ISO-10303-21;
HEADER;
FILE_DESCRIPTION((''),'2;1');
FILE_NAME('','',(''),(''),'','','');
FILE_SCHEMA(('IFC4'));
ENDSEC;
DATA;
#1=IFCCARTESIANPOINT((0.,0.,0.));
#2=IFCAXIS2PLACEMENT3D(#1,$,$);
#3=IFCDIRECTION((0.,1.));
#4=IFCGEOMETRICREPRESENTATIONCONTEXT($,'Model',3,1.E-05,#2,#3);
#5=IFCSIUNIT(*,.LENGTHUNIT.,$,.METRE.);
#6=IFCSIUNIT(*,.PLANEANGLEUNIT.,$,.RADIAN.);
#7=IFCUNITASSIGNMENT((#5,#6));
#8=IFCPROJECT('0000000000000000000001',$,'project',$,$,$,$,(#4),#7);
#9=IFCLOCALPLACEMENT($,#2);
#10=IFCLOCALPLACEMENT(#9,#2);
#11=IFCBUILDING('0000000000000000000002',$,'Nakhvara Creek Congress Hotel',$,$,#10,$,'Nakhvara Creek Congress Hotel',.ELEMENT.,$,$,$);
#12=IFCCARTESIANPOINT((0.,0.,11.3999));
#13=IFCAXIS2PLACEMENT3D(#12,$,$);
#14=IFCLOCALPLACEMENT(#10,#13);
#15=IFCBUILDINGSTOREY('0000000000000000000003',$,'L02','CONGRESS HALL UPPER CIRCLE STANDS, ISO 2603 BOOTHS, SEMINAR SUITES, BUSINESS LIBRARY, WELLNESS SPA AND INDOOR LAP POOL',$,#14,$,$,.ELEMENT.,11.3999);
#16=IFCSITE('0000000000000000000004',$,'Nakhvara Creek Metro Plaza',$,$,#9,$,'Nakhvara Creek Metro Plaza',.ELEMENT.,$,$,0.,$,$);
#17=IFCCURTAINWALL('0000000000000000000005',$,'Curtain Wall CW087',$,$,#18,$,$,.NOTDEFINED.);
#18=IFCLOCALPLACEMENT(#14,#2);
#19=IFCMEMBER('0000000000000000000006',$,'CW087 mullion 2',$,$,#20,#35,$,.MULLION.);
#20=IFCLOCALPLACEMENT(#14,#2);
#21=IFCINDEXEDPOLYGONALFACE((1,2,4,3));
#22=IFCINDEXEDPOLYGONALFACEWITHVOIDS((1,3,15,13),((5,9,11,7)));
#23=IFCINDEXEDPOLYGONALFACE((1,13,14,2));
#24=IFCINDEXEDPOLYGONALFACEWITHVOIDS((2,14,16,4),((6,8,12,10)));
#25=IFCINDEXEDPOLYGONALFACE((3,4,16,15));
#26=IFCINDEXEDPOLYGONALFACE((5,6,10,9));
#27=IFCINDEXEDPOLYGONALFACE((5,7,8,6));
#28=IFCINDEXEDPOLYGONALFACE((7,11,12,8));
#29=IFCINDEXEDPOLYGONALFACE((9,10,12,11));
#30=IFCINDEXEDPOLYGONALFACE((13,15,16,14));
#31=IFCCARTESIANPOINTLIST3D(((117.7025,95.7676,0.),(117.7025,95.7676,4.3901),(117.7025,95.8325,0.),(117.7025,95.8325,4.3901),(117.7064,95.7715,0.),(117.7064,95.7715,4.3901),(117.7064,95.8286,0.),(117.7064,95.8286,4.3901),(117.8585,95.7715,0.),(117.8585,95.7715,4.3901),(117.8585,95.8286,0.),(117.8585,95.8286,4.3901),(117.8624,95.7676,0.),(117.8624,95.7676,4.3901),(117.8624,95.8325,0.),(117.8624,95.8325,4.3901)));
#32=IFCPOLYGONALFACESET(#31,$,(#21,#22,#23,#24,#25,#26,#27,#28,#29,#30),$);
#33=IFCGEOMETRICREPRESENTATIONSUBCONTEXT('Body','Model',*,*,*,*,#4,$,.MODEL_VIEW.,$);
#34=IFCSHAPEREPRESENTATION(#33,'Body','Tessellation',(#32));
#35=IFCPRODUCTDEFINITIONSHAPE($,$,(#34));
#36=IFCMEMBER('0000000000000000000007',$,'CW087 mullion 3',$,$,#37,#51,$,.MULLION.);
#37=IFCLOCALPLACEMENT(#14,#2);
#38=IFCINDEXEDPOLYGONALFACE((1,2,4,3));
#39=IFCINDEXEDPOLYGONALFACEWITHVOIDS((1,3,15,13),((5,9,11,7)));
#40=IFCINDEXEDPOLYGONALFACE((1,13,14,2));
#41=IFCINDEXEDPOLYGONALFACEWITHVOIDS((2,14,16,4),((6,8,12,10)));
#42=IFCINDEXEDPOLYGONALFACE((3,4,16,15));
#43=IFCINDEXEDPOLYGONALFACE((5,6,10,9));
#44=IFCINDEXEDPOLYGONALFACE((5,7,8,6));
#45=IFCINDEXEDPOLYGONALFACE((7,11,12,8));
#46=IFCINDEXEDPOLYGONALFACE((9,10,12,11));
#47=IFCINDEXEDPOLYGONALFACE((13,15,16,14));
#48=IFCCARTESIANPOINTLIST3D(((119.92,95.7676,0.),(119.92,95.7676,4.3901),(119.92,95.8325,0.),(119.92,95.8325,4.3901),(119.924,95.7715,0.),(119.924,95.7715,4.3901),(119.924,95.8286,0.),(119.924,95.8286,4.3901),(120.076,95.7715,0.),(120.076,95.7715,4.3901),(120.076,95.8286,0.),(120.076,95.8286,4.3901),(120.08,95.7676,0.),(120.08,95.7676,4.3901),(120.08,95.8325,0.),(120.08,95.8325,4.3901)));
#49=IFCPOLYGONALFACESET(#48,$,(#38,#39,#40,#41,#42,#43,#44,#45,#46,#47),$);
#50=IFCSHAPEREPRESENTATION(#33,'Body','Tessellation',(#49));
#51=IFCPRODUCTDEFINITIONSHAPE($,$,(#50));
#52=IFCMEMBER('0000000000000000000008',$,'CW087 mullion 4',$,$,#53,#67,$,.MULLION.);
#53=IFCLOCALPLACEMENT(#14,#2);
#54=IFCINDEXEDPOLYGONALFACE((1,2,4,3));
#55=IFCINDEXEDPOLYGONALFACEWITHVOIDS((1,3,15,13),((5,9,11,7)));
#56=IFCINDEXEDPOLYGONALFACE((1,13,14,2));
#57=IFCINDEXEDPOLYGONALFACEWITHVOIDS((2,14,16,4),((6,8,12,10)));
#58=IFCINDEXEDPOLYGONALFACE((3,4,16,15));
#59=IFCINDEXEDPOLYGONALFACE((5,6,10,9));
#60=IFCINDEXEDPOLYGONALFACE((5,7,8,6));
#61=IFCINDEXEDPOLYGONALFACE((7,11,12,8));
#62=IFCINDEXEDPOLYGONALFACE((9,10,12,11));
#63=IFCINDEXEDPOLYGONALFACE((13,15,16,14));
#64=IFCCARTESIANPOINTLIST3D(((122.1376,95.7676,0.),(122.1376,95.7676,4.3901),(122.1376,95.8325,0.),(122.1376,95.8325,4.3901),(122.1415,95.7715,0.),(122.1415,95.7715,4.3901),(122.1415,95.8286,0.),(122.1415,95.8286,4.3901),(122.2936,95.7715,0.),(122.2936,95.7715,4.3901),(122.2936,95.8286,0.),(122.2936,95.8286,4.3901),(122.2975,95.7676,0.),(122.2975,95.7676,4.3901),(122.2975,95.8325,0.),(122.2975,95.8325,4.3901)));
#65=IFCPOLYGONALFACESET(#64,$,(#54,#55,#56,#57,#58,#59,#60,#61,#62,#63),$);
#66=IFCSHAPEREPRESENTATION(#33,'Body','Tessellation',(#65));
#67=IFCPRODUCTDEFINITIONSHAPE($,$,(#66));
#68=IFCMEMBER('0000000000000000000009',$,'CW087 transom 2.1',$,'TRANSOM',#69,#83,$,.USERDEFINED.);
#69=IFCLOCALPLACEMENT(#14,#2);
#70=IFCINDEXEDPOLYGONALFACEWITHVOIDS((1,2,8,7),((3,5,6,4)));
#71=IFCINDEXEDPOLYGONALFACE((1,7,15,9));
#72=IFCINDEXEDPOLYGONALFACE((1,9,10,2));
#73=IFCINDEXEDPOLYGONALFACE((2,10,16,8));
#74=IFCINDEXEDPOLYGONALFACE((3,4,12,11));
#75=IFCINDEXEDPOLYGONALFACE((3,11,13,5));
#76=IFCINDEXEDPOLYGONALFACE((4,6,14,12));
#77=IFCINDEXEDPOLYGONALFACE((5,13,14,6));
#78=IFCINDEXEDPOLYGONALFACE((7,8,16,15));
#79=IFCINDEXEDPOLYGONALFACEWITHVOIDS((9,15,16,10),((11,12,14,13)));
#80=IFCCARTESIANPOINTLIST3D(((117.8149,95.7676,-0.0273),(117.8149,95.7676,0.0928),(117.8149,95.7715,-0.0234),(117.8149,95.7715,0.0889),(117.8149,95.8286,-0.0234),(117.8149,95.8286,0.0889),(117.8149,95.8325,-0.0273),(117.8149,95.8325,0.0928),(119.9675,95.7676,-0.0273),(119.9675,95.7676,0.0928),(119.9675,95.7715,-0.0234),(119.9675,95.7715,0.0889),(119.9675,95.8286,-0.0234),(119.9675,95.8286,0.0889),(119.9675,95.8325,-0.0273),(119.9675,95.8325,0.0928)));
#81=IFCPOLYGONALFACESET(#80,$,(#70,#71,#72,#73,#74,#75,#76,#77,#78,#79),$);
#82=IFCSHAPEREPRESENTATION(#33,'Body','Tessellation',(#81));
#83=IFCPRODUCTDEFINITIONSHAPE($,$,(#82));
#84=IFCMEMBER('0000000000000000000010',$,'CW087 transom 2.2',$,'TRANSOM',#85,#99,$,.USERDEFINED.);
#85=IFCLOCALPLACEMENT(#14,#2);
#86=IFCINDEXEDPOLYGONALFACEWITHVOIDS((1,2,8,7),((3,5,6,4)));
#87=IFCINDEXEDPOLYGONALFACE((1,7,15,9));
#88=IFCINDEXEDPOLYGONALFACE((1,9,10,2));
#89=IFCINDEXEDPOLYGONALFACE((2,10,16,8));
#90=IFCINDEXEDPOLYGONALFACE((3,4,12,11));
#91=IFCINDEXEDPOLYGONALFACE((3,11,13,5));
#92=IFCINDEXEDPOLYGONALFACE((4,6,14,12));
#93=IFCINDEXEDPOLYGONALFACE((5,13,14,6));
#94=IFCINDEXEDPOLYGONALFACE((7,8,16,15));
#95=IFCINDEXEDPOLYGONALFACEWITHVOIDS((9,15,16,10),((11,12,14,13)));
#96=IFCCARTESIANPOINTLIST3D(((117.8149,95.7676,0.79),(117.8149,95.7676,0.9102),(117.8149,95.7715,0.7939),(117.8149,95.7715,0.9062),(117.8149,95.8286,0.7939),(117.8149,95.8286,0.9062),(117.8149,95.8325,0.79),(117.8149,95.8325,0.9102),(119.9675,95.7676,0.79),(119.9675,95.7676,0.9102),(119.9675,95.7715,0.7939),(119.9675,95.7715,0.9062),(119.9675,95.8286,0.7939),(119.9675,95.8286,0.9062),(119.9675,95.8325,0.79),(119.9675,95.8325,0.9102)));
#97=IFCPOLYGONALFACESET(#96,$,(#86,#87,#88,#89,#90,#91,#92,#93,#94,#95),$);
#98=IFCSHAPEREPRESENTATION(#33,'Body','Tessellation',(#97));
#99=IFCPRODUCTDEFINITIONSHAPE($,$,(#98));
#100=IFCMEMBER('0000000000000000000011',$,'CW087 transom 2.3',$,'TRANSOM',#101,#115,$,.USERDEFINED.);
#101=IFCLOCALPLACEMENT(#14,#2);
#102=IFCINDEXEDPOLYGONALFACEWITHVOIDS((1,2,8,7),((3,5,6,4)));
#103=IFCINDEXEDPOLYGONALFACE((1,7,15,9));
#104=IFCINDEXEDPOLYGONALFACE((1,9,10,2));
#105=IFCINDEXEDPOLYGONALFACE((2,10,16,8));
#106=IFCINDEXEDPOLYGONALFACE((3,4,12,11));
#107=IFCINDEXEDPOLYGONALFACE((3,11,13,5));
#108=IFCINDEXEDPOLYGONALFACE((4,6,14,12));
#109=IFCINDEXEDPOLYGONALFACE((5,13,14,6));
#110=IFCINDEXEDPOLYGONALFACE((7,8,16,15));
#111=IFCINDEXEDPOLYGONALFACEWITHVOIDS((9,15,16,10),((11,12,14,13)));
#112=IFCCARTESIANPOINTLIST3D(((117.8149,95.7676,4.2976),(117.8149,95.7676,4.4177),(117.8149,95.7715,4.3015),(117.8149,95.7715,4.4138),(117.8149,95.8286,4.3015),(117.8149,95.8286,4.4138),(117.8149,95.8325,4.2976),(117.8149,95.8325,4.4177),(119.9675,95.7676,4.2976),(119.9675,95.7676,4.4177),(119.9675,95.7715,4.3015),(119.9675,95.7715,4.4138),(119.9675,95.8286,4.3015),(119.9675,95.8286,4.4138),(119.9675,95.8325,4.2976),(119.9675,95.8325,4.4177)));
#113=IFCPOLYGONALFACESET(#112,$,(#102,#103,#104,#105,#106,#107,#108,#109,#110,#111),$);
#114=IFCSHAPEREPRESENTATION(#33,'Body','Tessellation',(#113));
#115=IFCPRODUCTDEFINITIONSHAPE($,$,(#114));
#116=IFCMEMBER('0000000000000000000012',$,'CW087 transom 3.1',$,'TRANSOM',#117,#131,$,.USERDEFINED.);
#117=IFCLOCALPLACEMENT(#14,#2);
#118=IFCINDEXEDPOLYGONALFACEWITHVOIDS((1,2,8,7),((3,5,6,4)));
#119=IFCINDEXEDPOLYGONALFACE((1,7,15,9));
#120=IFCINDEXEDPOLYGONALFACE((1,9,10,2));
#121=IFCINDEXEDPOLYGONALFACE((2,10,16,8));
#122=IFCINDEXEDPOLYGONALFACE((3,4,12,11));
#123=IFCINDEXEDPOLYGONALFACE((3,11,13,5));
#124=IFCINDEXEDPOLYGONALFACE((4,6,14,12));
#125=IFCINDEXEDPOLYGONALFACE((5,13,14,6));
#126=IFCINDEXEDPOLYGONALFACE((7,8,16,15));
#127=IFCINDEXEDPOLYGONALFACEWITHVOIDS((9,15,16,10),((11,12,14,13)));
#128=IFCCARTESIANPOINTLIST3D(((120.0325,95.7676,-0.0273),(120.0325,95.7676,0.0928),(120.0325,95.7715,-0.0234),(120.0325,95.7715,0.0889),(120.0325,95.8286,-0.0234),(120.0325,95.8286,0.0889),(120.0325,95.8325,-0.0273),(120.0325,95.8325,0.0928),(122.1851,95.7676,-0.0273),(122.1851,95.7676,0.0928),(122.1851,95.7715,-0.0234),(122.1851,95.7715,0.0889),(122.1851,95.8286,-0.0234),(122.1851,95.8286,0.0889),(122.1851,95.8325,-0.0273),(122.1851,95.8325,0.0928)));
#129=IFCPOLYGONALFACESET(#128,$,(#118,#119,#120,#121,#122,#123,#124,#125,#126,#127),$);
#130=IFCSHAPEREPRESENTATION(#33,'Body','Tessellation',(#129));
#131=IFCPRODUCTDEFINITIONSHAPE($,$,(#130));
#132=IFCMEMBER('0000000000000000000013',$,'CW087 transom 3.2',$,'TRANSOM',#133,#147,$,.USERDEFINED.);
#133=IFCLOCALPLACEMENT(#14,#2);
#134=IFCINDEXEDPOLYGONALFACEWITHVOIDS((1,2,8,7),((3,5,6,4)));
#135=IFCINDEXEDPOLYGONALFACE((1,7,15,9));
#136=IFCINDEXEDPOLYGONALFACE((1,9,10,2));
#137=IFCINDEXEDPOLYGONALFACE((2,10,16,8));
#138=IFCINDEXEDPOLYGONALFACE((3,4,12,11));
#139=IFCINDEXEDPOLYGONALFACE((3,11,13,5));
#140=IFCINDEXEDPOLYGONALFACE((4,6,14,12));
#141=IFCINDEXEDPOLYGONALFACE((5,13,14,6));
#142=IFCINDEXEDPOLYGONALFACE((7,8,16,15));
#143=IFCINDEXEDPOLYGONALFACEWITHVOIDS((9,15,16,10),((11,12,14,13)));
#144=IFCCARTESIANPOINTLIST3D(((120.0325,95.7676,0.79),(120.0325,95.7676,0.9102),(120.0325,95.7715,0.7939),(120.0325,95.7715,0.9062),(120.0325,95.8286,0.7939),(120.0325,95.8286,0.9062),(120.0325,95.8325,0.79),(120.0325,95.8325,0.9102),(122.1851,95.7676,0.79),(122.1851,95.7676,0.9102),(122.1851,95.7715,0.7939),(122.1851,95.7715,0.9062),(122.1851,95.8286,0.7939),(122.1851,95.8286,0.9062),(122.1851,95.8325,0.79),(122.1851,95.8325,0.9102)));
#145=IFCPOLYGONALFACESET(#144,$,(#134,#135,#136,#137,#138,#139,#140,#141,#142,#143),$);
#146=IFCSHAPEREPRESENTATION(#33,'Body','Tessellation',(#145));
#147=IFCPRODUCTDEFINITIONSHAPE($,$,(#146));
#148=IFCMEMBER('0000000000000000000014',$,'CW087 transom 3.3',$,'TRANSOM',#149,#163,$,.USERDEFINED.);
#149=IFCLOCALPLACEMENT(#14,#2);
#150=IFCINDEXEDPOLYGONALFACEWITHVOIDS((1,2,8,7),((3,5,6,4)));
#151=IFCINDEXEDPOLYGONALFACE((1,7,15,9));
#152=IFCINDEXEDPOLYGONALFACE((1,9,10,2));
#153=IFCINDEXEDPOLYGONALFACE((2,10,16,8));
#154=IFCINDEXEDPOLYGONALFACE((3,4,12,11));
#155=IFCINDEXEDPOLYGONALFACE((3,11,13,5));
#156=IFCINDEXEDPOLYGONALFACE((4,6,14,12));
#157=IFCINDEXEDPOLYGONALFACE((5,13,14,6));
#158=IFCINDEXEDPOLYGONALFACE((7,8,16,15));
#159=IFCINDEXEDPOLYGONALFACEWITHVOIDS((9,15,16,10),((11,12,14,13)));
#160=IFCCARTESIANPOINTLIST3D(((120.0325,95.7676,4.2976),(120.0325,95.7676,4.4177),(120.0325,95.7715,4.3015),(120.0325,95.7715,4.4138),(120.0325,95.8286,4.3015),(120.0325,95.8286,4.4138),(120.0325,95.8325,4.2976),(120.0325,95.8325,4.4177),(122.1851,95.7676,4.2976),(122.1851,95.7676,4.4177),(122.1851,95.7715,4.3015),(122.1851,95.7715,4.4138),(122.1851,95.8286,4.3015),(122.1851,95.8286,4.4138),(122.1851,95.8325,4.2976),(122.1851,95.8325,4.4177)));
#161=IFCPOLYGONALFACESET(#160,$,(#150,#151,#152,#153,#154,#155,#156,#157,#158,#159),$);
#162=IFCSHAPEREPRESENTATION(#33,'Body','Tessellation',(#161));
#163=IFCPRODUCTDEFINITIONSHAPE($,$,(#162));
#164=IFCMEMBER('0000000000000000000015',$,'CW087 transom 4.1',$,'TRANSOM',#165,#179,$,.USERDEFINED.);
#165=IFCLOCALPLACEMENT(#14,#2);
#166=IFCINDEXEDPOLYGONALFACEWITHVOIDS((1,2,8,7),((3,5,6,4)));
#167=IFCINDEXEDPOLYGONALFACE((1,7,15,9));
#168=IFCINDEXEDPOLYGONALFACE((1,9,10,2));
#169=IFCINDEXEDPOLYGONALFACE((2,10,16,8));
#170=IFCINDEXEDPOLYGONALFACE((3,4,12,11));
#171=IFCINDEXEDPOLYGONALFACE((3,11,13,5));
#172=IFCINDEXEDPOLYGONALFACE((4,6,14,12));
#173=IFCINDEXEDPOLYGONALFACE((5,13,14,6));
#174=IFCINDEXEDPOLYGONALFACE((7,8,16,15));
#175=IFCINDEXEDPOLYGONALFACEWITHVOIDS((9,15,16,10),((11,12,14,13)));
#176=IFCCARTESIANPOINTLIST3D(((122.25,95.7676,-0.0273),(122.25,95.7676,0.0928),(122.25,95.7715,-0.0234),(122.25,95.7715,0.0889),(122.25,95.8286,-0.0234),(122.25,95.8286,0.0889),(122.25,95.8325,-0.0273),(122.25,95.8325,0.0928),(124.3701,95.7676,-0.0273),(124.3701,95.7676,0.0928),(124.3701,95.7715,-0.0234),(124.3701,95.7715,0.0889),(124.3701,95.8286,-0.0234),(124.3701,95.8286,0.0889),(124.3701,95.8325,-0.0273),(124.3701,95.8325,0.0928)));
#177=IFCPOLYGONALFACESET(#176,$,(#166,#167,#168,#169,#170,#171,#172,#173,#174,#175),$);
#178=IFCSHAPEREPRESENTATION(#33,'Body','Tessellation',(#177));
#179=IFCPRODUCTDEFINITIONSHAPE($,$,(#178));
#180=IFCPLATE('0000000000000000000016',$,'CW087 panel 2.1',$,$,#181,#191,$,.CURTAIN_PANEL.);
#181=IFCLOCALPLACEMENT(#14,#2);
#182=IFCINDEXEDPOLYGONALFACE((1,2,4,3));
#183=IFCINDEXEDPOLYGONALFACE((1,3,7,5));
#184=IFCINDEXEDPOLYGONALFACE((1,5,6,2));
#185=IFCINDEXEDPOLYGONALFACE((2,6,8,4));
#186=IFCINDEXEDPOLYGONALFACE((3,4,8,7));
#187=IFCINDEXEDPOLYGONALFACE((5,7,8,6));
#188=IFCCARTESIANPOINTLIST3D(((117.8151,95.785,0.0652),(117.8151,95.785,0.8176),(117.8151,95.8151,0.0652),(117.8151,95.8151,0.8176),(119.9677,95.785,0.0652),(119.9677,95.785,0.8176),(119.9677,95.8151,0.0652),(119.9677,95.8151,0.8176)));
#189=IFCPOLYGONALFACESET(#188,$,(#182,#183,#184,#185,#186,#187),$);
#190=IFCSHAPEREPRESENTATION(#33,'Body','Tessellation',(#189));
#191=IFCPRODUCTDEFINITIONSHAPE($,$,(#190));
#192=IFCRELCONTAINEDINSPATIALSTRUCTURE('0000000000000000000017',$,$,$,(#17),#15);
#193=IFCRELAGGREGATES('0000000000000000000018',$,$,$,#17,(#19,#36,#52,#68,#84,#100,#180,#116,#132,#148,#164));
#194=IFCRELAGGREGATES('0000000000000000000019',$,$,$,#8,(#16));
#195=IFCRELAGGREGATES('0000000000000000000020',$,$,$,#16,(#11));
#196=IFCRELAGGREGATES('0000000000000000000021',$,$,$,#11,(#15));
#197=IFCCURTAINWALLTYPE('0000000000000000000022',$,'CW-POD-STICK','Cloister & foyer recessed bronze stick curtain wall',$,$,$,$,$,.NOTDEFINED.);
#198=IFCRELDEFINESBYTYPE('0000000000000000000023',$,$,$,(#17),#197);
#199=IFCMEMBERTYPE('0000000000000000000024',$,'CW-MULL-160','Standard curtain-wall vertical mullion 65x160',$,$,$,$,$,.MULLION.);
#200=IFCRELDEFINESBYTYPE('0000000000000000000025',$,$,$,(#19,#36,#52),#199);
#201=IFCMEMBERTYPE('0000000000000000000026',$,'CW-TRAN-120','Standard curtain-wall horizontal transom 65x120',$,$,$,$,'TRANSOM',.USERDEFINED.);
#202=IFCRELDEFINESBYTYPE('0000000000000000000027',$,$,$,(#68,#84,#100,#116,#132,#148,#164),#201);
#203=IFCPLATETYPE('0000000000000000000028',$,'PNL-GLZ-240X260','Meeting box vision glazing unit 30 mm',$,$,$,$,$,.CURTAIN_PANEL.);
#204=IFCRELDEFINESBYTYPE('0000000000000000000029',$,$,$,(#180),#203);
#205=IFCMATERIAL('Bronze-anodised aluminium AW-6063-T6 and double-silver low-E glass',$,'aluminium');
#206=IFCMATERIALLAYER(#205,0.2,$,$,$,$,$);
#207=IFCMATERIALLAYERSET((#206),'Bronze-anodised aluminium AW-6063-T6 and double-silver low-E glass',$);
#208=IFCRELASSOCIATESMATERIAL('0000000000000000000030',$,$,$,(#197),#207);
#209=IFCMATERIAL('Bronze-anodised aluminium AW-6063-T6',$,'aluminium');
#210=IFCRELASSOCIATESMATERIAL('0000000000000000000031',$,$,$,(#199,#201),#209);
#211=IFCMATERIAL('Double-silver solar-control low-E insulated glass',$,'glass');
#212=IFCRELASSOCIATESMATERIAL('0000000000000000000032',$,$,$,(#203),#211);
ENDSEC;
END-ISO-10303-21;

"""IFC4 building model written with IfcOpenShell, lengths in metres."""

from ifc_helpers import new_model, si_unit, direction, frame, origin, origin_2d, place, context, subcontext, project, spatial, rectangle, hollow_rectangle, extrude, material, layer, layer_set, material_profile, profile_set, type_object, element, aggregate, save


model = new_model("IFC4")

# Units and contexts
model_context = context("Model", 3, precision=1e-05, world=origin(), true_north=direction((0.0, 1.0)))
body_context = subcontext(model_context, "Body", "Model", "MODEL_VIEW")
ifc_project = project(units=[si_unit("LENGTHUNIT", "METRE"), si_unit("PLANEANGLEUNIT", "RADIAN")], contexts=[model_context])

# Site, building, storey
site_placement = place(None, origin())
site = spatial("IfcSite", under=ifc_project, at=site_placement, Name="Nakhvara Creek Metro Plaza", LongName="Nakhvara Creek Metro Plaza", CompositionType="ELEMENT", RefElevation=0.0)
building_placement = place(site_placement, origin())
building = spatial("IfcBuilding", under=site, at=building_placement, Name="Nakhvara Creek Congress Hotel", LongName="Nakhvara Creek Congress Hotel", CompositionType="ELEMENT")
storey_placement = place(building_placement, frame((0.0, 0.0, 11.3999)))
storey = spatial("IfcBuildingStorey", under=building, at=storey_placement, Name="L02", Description="CONGRESS HALL UPPER CIRCLE STANDS, ISO 2603 BOOTHS, SEMINAR SUITES, BUSINESS LIBRARY, WELLNESS SPA AND INDOOR LAP POOL", CompositionType="ELEMENT", Elevation=11.3999)

# Curtain wall, members, plate
ifc_material_1 = material(Name="Bronze-anodised aluminium AW-6063-T6 and double-silver low-E glass", Category="aluminium")
ifc_layer_1 = layer(ifc_material_1, 0.2)
ifc_layer_set_1 = layer_set([ifc_layer_1], Name="Bronze-anodised aluminium AW-6063-T6 and double-silver low-E glass")
curtain_wall_type = type_object("IfcCurtainWallType", Name="CW-POD-STICK", Description="Cloister & foyer recessed bronze stick curtain wall", PredefinedType="NOTDEFINED", material=ifc_layer_set_1)
curtain_wall_placement = place(storey_placement, origin())
curtain_wall = element("IfcCurtainWall", 1, at=curtain_wall_placement, inside=storey, type_object=curtain_wall_type, Name="Curtain Wall CW087", PredefinedType="NOTDEFINED")
ifc_material_2 = material(Name="Bronze-anodised aluminium AW-6063-T6", Category="aluminium")
ifc_material_profile_1 = material_profile(ifc_material_2, hollow_rectangle(XDim=0.0649, YDim=0.1599, WallThickness=0.0039, at=origin_2d()), Name="ALU-MULL 65x160x4", Category="LoadBearing")
ifc_profile_set_1 = profile_set([ifc_material_profile_1], Name="Bronze-anodised aluminium AW-6063-T6")
member_type_1 = type_object("IfcMemberType", Name="CW-MULL-160", Description="Standard curtain-wall vertical mullion 65x160", PredefinedType="MULLION", material=ifc_profile_set_1)
member_1_placement = place(storey_placement, frame((117.7825, 95.8, 0.0), z_axis=(0.0, 0.0, 1.0), x_axis=(0.0, 1.0, 0.0)))
member_1 = element("IfcMember", 2, at=member_1_placement, type_object=member_type_1, Name="CW087 mullion 2", PredefinedType="MULLION", context=body_context, shape_type="SweptSolid", body=[
    extrude(hollow_rectangle(XDim=0.0649, YDim=0.1599, WallThickness=0.0039, at=origin_2d()), origin(), (0.0, 0.0, 1.0), 4.3901),
])
member_2_placement = place(storey_placement, frame((120.0, 95.8, 0.0), z_axis=(0.0, 0.0, 1.0), x_axis=(0.0, 1.0, 0.0)))
member_2 = element("IfcMember", 3, at=member_2_placement, type_object=member_type_1, Name="CW087 mullion 3", PredefinedType="MULLION", context=body_context, shape_type="SweptSolid", body=[
    extrude(hollow_rectangle(XDim=0.0649, YDim=0.1599, WallThickness=0.0039, at=origin_2d()), origin(), (0.0, 0.0, 1.0), 4.3901),
])
member_3_placement = place(storey_placement, frame((122.2175, 95.8, 0.0), z_axis=(0.0, 0.0, 1.0), x_axis=(0.0, 1.0, 0.0)))
member_3 = element("IfcMember", 4, at=member_3_placement, type_object=member_type_1, Name="CW087 mullion 4", PredefinedType="MULLION", context=body_context, shape_type="SweptSolid", body=[
    extrude(hollow_rectangle(XDim=0.0649, YDim=0.1599, WallThickness=0.0039, at=origin_2d()), origin(), (0.0, 0.0, 1.0), 4.3901),
])
ifc_material_profile_2 = material_profile(ifc_material_2, hollow_rectangle(XDim=0.0649, YDim=0.1201, WallThickness=0.0039, at=origin_2d()), Name="ALU-TRAN 65x120x4", Category="LoadBearing")
ifc_profile_set_2 = profile_set([ifc_material_profile_2], Name="Bronze-anodised aluminium AW-6063-T6")
member_type_2 = type_object("IfcMemberType", Name="CW-TRAN-120", Description="Standard curtain-wall horizontal transom 65x120", ElementType="TRANSOM", PredefinedType="USERDEFINED", material=ifc_profile_set_2)
member_4_placement = place(storey_placement, frame((117.8149, 95.8, 0.0327), z_axis=(1.0, 0.0, 0.0), x_axis=(0.0, 1.0, 0.0)))
member_4 = element("IfcMember", 5, at=member_4_placement, type_object=member_type_2, Name="CW087 transom 2.1", ObjectType="TRANSOM", PredefinedType="USERDEFINED", context=body_context, shape_type="SweptSolid", body=[
    extrude(hollow_rectangle(XDim=0.0649, YDim=0.1201, WallThickness=0.0039, at=origin_2d()), origin(), (0.0, 0.0, 1.0), 2.1526),
])
member_5_placement = place(storey_placement, frame((117.8149, 95.8, 0.8501), z_axis=(1.0, 0.0, 0.0), x_axis=(0.0, 1.0, 0.0)))
member_5 = element("IfcMember", 6, at=member_5_placement, type_object=member_type_2, Name="CW087 transom 2.2", ObjectType="TRANSOM", PredefinedType="USERDEFINED", context=body_context, shape_type="SweptSolid", body=[
    extrude(hollow_rectangle(XDim=0.0649, YDim=0.1201, WallThickness=0.0039, at=origin_2d()), origin(), (0.0, 0.0, 1.0), 2.1526),
])
member_6_placement = place(storey_placement, frame((117.8149, 95.8, 4.3577), z_axis=(1.0, 0.0, 0.0), x_axis=(0.0, 1.0, 0.0)))
member_6 = element("IfcMember", 7, at=member_6_placement, type_object=member_type_2, Name="CW087 transom 2.3", ObjectType="TRANSOM", PredefinedType="USERDEFINED", context=body_context, shape_type="SweptSolid", body=[
    extrude(hollow_rectangle(XDim=0.0649, YDim=0.1201, WallThickness=0.0039, at=origin_2d()), origin(), (0.0, 0.0, 1.0), 2.1526),
])
member_7_placement = place(storey_placement, frame((120.0325, 95.8, 0.0327), z_axis=(1.0, 0.0, 0.0), x_axis=(0.0, 1.0, 0.0)))
member_7 = element("IfcMember", 8, at=member_7_placement, type_object=member_type_2, Name="CW087 transom 3.1", ObjectType="TRANSOM", PredefinedType="USERDEFINED", context=body_context, shape_type="SweptSolid", body=[
    extrude(hollow_rectangle(XDim=0.0649, YDim=0.1201, WallThickness=0.0039, at=origin_2d()), origin(), (0.0, 0.0, 1.0), 2.1526),
])
member_8_placement = place(storey_placement, frame((120.0325, 95.8, 0.8501), z_axis=(1.0, 0.0, 0.0), x_axis=(0.0, 1.0, 0.0)))
member_8 = element("IfcMember", 9, at=member_8_placement, type_object=member_type_2, Name="CW087 transom 3.2", ObjectType="TRANSOM", PredefinedType="USERDEFINED", context=body_context, shape_type="SweptSolid", body=[
    extrude(hollow_rectangle(XDim=0.0649, YDim=0.1201, WallThickness=0.0039, at=origin_2d()), origin(), (0.0, 0.0, 1.0), 2.1526),
])
member_9_placement = place(storey_placement, frame((120.0325, 95.8, 4.3577), z_axis=(1.0, 0.0, 0.0), x_axis=(0.0, 1.0, 0.0)))
member_9 = element("IfcMember", 10, at=member_9_placement, type_object=member_type_2, Name="CW087 transom 3.3", ObjectType="TRANSOM", PredefinedType="USERDEFINED", context=body_context, shape_type="SweptSolid", body=[
    extrude(hollow_rectangle(XDim=0.0649, YDim=0.1201, WallThickness=0.0039, at=origin_2d()), origin(), (0.0, 0.0, 1.0), 2.1526),
])
member_10_placement = place(storey_placement, frame((122.25, 95.8, 0.0327), z_axis=(1.0, 0.0, 0.0), x_axis=(0.0, 1.0, 0.0)))
member_10 = element("IfcMember", 11, at=member_10_placement, type_object=member_type_2, Name="CW087 transom 4.1", ObjectType="TRANSOM", PredefinedType="USERDEFINED", context=body_context, shape_type="SweptSolid", body=[
    extrude(hollow_rectangle(XDim=0.0649, YDim=0.1201, WallThickness=0.0039, at=origin_2d()), origin(), (0.0, 0.0, 1.0), 2.1201),
])
ifc_material_3 = material(Name="Double-silver solar-control low-E insulated glass", Category="glass")
plate_type = type_object("IfcPlateType", Name="PNL-GLZ-240X260", Description="Meeting box vision glazing unit 30 mm", PredefinedType="CURTAIN_PANEL", material=ifc_material_3)
plate_1_placement = place(storey_placement, frame((118.8914, 95.8, 0.0652), z_axis=(0.0, 0.0, 1.0), x_axis=(1.0, 0.0, 0.0)))
plate_1 = element("IfcPlate", 12, at=plate_1_placement, type_object=plate_type, Name="CW087 panel 2.1", PredefinedType="CURTAIN_PANEL", context=body_context, shape_type="SweptSolid", body=[
    extrude(rectangle(XDim=2.1526, YDim=0.03, at=origin_2d()), origin(), (0.0, 0.0, 1.0), 0.7524),
])
aggregate(curtain_wall, [member_1, member_2, member_3, member_4, member_5, member_6, plate_1, member_7, member_8, member_9, member_10])

save(model, "model.ifc")
